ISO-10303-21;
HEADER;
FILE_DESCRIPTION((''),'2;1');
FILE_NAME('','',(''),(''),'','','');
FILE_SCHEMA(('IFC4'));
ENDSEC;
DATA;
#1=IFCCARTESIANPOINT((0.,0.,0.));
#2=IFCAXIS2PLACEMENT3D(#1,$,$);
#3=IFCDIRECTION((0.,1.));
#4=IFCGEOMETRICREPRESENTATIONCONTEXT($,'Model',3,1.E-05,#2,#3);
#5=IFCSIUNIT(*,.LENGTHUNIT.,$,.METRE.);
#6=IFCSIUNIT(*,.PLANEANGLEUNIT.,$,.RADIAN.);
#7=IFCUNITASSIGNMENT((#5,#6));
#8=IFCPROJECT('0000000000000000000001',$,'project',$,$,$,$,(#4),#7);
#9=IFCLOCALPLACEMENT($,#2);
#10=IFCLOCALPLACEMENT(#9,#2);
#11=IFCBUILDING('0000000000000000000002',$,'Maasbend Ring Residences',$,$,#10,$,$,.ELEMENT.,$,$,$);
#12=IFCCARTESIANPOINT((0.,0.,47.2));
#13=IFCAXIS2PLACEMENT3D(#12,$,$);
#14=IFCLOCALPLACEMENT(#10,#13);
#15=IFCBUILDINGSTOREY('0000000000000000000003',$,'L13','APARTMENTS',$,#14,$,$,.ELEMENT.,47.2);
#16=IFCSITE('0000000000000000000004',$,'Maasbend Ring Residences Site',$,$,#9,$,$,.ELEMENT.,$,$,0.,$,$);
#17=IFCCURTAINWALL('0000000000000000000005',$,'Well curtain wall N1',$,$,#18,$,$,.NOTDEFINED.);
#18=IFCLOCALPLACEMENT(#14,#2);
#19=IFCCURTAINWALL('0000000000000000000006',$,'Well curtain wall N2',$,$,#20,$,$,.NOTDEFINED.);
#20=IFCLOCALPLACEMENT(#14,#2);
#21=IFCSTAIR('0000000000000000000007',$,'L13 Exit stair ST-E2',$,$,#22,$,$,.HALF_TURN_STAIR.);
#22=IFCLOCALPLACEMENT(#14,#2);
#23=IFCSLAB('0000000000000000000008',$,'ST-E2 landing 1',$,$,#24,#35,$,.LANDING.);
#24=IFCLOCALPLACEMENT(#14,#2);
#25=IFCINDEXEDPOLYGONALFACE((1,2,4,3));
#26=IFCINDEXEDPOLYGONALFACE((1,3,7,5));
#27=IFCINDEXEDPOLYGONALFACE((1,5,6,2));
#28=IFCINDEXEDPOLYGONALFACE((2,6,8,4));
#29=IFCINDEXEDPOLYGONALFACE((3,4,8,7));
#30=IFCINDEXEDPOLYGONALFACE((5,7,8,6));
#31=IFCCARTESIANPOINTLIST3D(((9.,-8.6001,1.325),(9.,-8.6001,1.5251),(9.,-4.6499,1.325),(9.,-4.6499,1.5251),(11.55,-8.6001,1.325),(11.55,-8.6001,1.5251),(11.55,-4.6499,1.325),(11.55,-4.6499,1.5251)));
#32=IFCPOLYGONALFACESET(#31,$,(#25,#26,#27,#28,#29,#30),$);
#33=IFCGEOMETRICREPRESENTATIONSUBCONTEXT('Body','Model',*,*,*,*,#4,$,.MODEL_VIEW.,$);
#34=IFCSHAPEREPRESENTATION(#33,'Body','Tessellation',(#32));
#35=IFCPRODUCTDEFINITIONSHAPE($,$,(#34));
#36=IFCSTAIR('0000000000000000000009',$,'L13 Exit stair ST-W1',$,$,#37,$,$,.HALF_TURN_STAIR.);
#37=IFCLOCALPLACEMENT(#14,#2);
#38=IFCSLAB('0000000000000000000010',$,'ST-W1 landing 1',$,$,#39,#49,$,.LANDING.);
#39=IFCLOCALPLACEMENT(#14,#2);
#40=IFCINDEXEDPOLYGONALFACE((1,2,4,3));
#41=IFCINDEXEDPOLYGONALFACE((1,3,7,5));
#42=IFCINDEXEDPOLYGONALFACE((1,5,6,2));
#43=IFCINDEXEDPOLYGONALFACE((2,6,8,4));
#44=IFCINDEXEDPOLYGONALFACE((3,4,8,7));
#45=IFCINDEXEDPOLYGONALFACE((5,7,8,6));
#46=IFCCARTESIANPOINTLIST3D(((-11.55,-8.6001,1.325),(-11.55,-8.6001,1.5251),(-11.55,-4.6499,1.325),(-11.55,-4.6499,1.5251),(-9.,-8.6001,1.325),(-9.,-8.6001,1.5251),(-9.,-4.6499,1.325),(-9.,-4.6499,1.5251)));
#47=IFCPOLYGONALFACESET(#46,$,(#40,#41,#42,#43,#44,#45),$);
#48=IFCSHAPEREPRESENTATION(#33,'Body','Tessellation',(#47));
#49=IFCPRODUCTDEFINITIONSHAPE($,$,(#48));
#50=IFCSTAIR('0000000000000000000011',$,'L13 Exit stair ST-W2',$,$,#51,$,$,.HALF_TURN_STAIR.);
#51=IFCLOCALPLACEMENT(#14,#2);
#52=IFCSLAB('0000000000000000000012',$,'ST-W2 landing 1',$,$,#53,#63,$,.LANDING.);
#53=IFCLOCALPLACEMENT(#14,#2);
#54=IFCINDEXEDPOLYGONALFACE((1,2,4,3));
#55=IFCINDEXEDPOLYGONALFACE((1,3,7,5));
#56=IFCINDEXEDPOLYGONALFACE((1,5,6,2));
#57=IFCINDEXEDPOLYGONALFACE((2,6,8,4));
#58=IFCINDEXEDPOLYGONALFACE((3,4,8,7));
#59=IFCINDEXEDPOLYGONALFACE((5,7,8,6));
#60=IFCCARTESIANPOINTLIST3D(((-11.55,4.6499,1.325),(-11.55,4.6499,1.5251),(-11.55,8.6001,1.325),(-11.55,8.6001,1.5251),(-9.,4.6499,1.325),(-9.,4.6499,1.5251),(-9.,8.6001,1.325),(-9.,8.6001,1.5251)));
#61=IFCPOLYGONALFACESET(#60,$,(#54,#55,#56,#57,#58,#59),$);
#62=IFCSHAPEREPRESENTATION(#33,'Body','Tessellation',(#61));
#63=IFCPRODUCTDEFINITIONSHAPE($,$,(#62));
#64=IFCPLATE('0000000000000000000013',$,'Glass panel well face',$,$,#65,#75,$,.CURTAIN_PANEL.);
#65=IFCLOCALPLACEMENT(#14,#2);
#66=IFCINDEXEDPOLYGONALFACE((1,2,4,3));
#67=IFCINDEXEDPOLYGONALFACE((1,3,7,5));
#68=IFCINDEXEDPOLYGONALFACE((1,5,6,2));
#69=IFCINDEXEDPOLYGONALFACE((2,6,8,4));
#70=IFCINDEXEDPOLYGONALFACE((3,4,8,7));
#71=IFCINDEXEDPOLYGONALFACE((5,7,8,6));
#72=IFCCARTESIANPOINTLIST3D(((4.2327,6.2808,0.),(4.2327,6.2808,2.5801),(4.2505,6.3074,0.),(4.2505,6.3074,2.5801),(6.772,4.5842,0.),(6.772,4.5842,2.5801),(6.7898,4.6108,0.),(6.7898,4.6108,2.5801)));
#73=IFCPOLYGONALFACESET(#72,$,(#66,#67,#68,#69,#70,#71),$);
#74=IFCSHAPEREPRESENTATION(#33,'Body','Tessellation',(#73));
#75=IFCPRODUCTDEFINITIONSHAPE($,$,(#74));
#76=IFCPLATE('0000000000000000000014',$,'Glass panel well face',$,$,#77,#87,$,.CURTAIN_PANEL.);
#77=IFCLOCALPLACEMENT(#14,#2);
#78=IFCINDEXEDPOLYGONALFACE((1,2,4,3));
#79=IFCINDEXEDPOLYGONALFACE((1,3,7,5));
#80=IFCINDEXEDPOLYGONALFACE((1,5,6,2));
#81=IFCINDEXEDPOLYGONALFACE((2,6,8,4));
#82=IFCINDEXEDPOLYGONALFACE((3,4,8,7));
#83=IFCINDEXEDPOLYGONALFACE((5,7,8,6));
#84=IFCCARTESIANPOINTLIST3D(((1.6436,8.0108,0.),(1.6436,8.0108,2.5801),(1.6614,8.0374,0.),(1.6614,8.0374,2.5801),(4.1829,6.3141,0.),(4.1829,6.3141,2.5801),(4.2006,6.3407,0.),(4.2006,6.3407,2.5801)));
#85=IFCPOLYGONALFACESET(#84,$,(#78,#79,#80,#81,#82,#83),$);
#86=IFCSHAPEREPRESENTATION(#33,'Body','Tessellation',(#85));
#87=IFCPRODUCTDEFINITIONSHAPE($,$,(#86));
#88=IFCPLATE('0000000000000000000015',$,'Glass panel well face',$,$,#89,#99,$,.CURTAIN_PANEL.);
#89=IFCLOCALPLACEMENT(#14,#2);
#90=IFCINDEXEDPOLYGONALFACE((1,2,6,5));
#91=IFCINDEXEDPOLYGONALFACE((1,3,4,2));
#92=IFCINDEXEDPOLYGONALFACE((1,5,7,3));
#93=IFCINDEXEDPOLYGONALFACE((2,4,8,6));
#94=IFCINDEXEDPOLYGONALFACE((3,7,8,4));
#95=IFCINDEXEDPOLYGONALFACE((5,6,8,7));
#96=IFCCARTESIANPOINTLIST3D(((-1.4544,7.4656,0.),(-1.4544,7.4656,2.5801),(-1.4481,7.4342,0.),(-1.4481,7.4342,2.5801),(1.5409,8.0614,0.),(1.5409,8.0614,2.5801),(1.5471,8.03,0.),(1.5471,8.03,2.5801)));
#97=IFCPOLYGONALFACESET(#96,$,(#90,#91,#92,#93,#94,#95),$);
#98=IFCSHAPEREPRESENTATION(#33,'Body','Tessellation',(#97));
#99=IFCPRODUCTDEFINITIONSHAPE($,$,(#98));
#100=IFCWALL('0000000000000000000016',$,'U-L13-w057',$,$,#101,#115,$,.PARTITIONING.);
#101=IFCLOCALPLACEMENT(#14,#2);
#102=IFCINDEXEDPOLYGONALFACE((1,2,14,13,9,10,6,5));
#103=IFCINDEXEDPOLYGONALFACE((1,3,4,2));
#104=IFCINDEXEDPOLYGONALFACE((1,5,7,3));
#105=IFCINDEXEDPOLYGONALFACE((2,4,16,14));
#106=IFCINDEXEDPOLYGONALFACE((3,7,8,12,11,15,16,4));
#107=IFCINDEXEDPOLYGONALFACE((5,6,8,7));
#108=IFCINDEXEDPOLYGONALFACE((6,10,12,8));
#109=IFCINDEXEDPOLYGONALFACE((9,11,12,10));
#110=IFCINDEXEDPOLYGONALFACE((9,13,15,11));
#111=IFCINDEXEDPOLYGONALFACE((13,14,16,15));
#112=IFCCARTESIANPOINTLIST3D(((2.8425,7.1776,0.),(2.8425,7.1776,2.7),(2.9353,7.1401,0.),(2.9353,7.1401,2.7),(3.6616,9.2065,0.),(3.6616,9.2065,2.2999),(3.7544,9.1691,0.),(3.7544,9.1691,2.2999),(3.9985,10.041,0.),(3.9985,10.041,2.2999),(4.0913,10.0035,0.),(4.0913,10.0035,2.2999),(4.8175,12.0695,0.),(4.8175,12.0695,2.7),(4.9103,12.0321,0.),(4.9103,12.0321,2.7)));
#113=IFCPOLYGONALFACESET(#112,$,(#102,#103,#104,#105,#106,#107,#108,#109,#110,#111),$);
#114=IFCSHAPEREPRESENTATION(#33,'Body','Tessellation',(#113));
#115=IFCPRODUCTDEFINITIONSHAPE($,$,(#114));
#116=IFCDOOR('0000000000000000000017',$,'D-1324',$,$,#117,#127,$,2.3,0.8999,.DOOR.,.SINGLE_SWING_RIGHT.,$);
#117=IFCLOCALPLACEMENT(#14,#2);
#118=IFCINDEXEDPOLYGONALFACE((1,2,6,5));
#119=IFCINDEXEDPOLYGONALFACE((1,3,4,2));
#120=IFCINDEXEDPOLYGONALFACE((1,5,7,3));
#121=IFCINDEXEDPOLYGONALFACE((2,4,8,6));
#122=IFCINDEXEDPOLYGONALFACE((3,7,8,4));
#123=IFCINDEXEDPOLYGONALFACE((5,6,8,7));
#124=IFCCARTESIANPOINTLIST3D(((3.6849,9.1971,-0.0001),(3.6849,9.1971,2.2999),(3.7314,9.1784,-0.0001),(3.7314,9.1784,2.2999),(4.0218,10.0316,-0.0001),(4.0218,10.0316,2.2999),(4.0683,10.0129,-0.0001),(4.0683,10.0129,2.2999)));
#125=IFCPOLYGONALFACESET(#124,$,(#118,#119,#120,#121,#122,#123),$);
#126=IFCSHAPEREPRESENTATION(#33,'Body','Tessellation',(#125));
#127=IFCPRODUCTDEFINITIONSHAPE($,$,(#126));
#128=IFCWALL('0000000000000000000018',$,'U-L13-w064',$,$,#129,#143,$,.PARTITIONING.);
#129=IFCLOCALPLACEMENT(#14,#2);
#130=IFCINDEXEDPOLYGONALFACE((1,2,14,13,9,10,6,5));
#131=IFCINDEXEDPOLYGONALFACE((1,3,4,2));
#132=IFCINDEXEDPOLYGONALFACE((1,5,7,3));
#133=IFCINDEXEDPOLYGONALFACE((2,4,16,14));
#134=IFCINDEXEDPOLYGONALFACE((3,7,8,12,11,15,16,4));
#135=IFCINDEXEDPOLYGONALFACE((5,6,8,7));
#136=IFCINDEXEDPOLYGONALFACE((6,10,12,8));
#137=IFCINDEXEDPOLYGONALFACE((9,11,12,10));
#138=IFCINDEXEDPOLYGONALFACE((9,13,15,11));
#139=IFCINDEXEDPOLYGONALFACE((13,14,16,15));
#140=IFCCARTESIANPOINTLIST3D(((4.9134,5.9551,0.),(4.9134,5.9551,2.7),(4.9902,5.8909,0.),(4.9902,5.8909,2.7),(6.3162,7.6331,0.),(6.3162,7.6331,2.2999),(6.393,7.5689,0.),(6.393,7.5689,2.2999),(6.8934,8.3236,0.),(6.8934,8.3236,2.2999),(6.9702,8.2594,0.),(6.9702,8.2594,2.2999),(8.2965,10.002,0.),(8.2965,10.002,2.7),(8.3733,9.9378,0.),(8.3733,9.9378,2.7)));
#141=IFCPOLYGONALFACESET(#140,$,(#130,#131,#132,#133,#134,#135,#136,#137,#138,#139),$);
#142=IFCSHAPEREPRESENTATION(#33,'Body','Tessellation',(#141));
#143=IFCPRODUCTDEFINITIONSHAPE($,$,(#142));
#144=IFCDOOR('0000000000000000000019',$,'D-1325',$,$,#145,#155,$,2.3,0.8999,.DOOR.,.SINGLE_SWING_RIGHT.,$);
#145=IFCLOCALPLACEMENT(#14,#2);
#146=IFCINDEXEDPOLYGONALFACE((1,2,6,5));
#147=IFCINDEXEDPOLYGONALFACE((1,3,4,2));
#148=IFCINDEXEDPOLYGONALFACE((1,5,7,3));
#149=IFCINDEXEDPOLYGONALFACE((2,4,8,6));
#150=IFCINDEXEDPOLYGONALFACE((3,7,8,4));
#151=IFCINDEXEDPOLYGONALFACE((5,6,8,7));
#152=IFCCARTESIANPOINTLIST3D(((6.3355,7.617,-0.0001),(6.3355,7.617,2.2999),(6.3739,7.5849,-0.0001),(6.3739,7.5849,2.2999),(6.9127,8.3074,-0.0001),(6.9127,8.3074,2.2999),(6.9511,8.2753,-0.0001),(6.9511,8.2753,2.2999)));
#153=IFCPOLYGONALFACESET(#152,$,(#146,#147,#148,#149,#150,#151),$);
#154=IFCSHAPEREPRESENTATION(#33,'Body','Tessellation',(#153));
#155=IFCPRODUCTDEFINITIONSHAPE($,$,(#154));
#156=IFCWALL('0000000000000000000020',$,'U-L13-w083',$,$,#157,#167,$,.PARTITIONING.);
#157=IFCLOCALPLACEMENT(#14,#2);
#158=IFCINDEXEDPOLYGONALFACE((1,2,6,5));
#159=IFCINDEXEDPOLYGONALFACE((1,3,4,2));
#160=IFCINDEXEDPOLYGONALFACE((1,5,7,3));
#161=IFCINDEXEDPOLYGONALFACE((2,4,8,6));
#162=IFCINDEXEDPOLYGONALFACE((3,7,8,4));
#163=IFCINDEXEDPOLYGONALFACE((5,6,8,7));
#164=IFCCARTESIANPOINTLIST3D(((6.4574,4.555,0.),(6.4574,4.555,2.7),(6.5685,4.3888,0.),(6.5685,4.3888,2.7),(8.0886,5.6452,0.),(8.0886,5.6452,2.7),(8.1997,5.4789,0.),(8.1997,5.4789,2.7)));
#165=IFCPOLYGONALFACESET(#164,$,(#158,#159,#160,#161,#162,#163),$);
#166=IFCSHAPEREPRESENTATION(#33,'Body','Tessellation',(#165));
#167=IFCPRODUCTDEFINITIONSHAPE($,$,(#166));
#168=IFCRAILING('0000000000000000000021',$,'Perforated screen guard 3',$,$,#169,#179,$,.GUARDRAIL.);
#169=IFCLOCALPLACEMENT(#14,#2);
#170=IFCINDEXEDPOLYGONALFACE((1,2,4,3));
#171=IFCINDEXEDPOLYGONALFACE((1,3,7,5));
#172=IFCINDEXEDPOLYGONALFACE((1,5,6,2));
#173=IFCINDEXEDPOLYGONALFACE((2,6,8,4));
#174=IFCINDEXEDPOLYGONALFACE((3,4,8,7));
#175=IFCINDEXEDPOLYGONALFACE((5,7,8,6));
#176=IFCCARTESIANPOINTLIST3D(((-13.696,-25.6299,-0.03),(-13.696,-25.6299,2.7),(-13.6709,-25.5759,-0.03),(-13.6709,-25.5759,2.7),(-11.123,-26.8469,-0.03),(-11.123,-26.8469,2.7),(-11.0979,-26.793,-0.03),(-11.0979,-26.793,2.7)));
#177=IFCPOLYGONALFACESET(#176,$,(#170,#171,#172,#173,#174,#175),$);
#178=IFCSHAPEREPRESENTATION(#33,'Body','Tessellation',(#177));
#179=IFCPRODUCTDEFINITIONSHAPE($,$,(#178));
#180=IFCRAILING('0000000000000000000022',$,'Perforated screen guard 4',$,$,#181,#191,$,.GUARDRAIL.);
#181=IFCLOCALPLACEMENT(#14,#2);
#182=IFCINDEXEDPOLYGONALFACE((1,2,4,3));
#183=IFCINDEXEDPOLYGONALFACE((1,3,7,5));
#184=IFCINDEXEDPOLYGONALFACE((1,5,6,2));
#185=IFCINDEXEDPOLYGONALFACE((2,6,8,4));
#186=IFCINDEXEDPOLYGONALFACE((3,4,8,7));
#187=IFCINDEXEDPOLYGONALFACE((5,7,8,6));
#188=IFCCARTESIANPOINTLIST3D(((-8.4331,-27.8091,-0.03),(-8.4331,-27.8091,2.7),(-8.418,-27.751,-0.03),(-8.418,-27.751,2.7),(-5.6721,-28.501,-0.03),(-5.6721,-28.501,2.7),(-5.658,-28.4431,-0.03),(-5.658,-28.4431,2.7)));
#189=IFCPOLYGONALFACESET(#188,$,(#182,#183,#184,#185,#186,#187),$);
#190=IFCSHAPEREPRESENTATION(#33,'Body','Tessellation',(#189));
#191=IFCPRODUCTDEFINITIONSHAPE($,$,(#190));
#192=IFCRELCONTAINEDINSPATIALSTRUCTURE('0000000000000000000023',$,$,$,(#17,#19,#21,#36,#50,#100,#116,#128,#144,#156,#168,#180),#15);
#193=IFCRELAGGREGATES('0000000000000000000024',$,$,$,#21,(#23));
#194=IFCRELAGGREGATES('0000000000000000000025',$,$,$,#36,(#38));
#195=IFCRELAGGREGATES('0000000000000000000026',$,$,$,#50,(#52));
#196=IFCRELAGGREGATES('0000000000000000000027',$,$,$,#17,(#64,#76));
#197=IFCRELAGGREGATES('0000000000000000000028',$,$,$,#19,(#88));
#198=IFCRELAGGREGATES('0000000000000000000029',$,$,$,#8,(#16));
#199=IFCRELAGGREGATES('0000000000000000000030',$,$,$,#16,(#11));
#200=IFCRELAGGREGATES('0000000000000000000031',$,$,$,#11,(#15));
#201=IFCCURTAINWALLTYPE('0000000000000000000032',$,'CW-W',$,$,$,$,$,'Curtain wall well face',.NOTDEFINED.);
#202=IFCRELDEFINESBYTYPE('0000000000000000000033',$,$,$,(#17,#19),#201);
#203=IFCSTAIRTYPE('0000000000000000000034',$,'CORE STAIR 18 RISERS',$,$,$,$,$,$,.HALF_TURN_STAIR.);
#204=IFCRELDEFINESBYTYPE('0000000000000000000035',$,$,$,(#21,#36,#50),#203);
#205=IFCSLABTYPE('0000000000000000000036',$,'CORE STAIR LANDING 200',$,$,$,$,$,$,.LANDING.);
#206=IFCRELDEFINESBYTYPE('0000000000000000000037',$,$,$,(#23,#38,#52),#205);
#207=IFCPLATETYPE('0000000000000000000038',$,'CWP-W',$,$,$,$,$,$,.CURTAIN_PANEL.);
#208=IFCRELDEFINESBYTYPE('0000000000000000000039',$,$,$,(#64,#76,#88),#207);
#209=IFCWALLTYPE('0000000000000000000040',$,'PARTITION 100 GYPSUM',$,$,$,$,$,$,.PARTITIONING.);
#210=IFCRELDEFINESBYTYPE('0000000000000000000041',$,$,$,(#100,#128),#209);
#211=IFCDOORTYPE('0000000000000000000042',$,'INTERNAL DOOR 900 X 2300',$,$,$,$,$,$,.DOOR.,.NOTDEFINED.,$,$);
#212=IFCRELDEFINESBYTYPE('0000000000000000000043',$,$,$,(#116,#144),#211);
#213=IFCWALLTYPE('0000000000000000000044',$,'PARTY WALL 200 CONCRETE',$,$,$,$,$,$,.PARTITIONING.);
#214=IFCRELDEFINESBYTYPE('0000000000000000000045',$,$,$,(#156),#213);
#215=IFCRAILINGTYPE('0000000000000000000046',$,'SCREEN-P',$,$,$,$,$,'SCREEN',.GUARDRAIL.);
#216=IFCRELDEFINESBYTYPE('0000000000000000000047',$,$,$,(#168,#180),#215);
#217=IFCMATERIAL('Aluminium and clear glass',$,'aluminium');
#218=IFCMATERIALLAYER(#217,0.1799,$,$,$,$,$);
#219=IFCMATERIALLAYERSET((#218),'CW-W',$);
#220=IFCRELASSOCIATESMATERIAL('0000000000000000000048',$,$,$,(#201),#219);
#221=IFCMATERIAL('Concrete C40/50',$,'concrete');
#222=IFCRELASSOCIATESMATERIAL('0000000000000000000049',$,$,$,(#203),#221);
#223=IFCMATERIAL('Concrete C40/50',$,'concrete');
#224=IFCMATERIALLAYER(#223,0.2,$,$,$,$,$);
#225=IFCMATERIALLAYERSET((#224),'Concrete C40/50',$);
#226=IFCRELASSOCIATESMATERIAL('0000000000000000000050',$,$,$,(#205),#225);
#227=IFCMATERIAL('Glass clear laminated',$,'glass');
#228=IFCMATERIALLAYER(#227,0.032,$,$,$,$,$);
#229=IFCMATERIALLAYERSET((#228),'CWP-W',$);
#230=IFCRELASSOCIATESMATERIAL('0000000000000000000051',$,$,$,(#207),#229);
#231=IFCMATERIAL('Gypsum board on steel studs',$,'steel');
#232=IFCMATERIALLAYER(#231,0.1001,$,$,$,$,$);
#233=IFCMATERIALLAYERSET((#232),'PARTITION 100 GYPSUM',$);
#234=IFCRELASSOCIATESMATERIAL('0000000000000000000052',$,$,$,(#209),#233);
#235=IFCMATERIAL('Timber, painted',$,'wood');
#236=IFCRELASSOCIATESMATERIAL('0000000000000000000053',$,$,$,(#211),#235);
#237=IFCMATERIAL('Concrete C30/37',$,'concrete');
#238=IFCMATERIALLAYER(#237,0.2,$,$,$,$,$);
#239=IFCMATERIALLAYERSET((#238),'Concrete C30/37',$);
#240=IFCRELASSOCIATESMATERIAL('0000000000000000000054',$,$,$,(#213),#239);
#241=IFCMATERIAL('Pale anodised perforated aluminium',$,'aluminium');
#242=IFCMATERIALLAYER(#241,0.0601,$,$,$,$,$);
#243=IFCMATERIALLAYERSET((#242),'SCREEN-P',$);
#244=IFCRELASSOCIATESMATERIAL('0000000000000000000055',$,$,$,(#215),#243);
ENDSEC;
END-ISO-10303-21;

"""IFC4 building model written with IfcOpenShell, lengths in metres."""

from ifc_helpers import new_model, si_unit, direction, frame, frame_2d, origin, origin_2d, place, context, subcontext, project, spatial, polyline, rectangle, outline, extrude, material, layer, layer_set, type_object, element, fill, aggregate, save


model = new_model("IFC4")

# Units and contexts
model_context = context("Model", 3, precision=1e-05, world=origin(), true_north=direction((0.0, 1.0)))
body_context = subcontext(model_context, "Body", "Model", "MODEL_VIEW")
ifc_project = project(units=[si_unit("LENGTHUNIT", "METRE"), si_unit("PLANEANGLEUNIT", "RADIAN")], contexts=[model_context])

# Site, building, storey
site_placement = place(None, origin())
site = spatial("IfcSite", under=ifc_project, at=site_placement, Name="Maasbend Ring Residences Site", CompositionType="ELEMENT", RefElevation=0.0)
building_placement = place(site_placement, origin())
building = spatial("IfcBuilding", under=site, at=building_placement, Name="Maasbend Ring Residences", CompositionType="ELEMENT")
storey_placement = place(building_placement, frame((0.0, 0.0, 47.2)))
storey = spatial("IfcBuildingStorey", under=building, at=storey_placement, Name="L13", Description="APARTMENTS", CompositionType="ELEMENT", Elevation=47.2)

# Curtain wall
ifc_material_1 = material(Name="Aluminium and clear glass", Category="aluminium")
ifc_layer_1 = layer(ifc_material_1, 0.1799)
ifc_layer_set_1 = layer_set([ifc_layer_1], Name="CW-W")
curtain_wall_type = type_object("IfcCurtainWallType", Name="CW-W", ElementType="Curtain wall well face", PredefinedType="NOTDEFINED", material=ifc_layer_set_1)
curtain_wall_1_placement = place(storey_placement, origin())
curtain_wall_1 = element("IfcCurtainWall", 1, at=curtain_wall_1_placement, inside=storey, type_object=curtain_wall_type, Name="Well curtain wall N1", PredefinedType="NOTDEFINED")

# Curtain wall
curtain_wall_2_placement = place(storey_placement, origin())
curtain_wall_2 = element("IfcCurtainWall", 2, at=curtain_wall_2_placement, inside=storey, type_object=curtain_wall_type, Name="Well curtain wall N2", PredefinedType="NOTDEFINED")

# Stairs, slabs
ifc_material_2 = material(Name="Concrete C40/50", Category="concrete")
stair_type = type_object("IfcStairType", Name="CORE STAIR 18 RISERS", PredefinedType="HALF_TURN_STAIR", material=ifc_material_2)
ifc_material_3 = material(Name="Concrete C40/50", Category="concrete")
ifc_layer_2 = layer(ifc_material_3, 0.2)
ifc_layer_set_2 = layer_set([ifc_layer_2], Name="Concrete C40/50")
slab_type = type_object("IfcSlabType", Name="CORE STAIR LANDING 200", PredefinedType="LANDING", material=ifc_layer_set_2)
stair_1_placement = place(storey_placement, origin())
stair_1 = element("IfcStair", 3, at=stair_1_placement, inside=storey, type_object=stair_type, Name="L13 Exit stair ST-E2", PredefinedType="HALF_TURN_STAIR")
slab_1_placement = place(storey_placement, frame((0.0, 0.0, 1.325)))
slab_1 = element("IfcSlab", 4, at=slab_1_placement, type_object=slab_type, Name="ST-E2 landing 1", PredefinedType="LANDING", context=body_context, shape_type="SweptSolid", body=[
    extrude(outline(polyline([(11.55, -4.6499), (9.0, -4.6499), (9.0, -8.6001), (11.55, -8.6001), (11.55, -4.6499)])), origin(), (0.0, 0.0, 1.0), 0.2002),
])
aggregate(stair_1, [slab_1])
stair_2_placement = place(storey_placement, origin())
stair_2 = element("IfcStair", 5, at=stair_2_placement, inside=storey, type_object=stair_type, Name="L13 Exit stair ST-W1", PredefinedType="HALF_TURN_STAIR")
slab_2_placement = place(storey_placement, frame((0.0, 0.0, 1.325)))
slab_2 = element("IfcSlab", 6, at=slab_2_placement, type_object=slab_type, Name="ST-W1 landing 1", PredefinedType="LANDING", context=body_context, shape_type="SweptSolid", body=[
    extrude(outline(polyline([(-11.55, -8.6001), (-9.0, -8.6001), (-9.0, -4.6499), (-11.55, -4.6499), (-11.55, -8.6001)])), origin(), (0.0, 0.0, 1.0), 0.2002),
])
aggregate(stair_2, [slab_2])
stair_3_placement = place(storey_placement, origin())
stair_3 = element("IfcStair", 7, at=stair_3_placement, inside=storey, type_object=stair_type, Name="L13 Exit stair ST-W2", PredefinedType="HALF_TURN_STAIR")
slab_3_placement = place(storey_placement, frame((0.0, 0.0, 1.325)))
slab_3 = element("IfcSlab", 8, at=slab_3_placement, type_object=slab_type, Name="ST-W2 landing 1", PredefinedType="LANDING", context=body_context, shape_type="SweptSolid", body=[
    extrude(outline(polyline([(-11.55, 4.6499), (-9.0, 4.6499), (-9.0, 8.6001), (-11.55, 8.6001), (-11.55, 4.6499)])), origin(), (0.0, 0.0, 1.0), 0.2002),
])
aggregate(stair_3, [slab_3])

# Plates
ifc_material_4 = material(Name="Glass clear laminated", Category="glass")
ifc_layer_3 = layer(ifc_material_4, 0.032)
ifc_layer_set_3 = layer_set([ifc_layer_3], Name="CWP-W")
plate_type = type_object("IfcPlateType", Name="CWP-W", PredefinedType="CURTAIN_PANEL", material=ifc_layer_set_3)
plate_1_placement = place(storey_placement, frame((5.5112, 5.4458, 0.0), z_axis=(0.0, 0.0, 1.0), x_axis=(-0.83147, 0.55557, 0.0)))
plate_1 = element("IfcPlate", 9, at=plate_1_placement, type_object=plate_type, Name="Glass panel well face", PredefinedType="CURTAIN_PANEL", context=body_context, shape_type="SweptSolid", body=[
    extrude(rectangle(XDim=3.054, YDim=0.032, at=origin_2d()), origin(), (0.0, 0.0, 1.0), 2.5801),
])
plate_2_placement = place(storey_placement, frame((2.9221, 7.1758, 0.0), z_axis=(0.0, 0.0, 1.0), x_axis=(-0.83147, 0.55557, 0.0)))
plate_2 = element("IfcPlate", 10, at=plate_2_placement, type_object=plate_type, Name="Glass panel well face", PredefinedType="CURTAIN_PANEL", context=body_context, shape_type="SweptSolid", body=[
    extrude(rectangle(XDim=3.054, YDim=0.032, at=origin_2d()), origin(), (0.0, 0.0, 1.0), 2.5801),
])
aggregate(curtain_wall_1, [plate_1, plate_2])
plate_3_placement = place(storey_placement, frame((0.0464, 7.7478, 0.0), z_axis=(0.0, 0.0, 1.0), x_axis=(-0.980785, -0.19509, 0.0)))
plate_3 = element("IfcPlate", 11, at=plate_3_placement, type_object=plate_type, Name="Glass panel well face", PredefinedType="CURTAIN_PANEL", context=body_context, shape_type="SweptSolid", body=[
    extrude(rectangle(XDim=3.054, YDim=0.032, at=origin_2d()), origin(), (0.0, 0.0, 1.0), 2.5801),
])
aggregate(curtain_wall_2, [plate_3])

# Walls, openings, doors
ifc_material_5 = material(Name="Gypsum board on steel studs", Category="steel")
ifc_layer_4 = layer(ifc_material_5, 0.1001)
ifc_layer_set_4 = layer_set([ifc_layer_4], Name="PARTITION 100 GYPSUM")
wall_type_1 = type_object("IfcWallType", Name="PARTITION 100 GYPSUM", PredefinedType="PARTITIONING", material=ifc_layer_set_4)
wall_1_placement = place(storey_placement, frame((2.8889, 7.1589, 0.0), z_axis=(0.0, 0.0, 1.0), x_axis=(0.374373, 0.927278, 0.0)))
wall_1 = element("IfcWall", 12, at=wall_1_placement, inside=storey, type_object=wall_type_1, Name="U-L13-w057", PredefinedType="PARTITIONING", context=body_context, shape_type="SweptSolid", body=[
    extrude(rectangle(XDim=5.2756, YDim=0.1001, at=frame_2d((2.6377, 0.0))), origin(), (0.0, 0.0, 1.0), 2.7),
])
opening_1_placement = place(wall_1_placement, frame((2.188, 0.0, 0.0)))
opening_1 = element("IfcOpeningElement", 13, at=opening_1_placement, cuts=wall_1, PredefinedType="OPENING", context=body_context, shape_type="SweptSolid", body=[
    extrude(rectangle(XDim=0.8999, YDim=2.3, at=frame_2d((0.45, 1.1499))), frame((0.0, 0.0601, 0.0), z_axis=(0.0, -1.0, 0.0), x_axis=(1.0, 0.0, 0.0)), (0.0, 0.0, 1.0), 0.1201),
])
ifc_material_6 = material(Name="Timber, painted", Category="wood")
door_type = type_object("IfcDoorType", Name="INTERNAL DOOR 900 X 2300", OperationType="NOTDEFINED", PredefinedType="DOOR", material=ifc_material_6)
door_1_placement = place(opening_1_placement, origin())
door_1 = element("IfcDoor", 14, at=door_1_placement, inside=storey, type_object=door_type, Name="D-1324", OperationType="SINGLE_SWING_RIGHT", OverallHeight=2.3, OverallWidth=0.8999, PredefinedType="DOOR", context=body_context, shape_type="SweptSolid", body=[
    extrude(rectangle(XDim=0.8999, YDim=2.3, at=frame_2d((0.45, 1.1499))), frame((0.0, 0.0249, 0.0), z_axis=(0.0, -1.0, 0.0), x_axis=(1.0, 0.0, 0.0)), (0.0, 0.0, 1.0), 0.05),
])
fill(opening_1, door_1)
wall_2_placement = place(storey_placement, frame((4.9519, 5.9231, 0.0), z_axis=(0.0, 0.0, 1.0), x_axis=(0.641376, 0.767226, 0.0)))
wall_2 = element("IfcWall", 15, at=wall_2_placement, inside=storey, type_object=wall_type_1, Name="U-L13-w064", PredefinedType="PARTITIONING", context=body_context, shape_type="SweptSolid", body=[
    extrude(rectangle(XDim=5.2747, YDim=0.1001, at=frame_2d((2.6372, 0.0))), origin(), (0.0, 0.0, 1.0), 2.7),
])
opening_2_placement = place(wall_2_placement, frame((2.187, 0.0, 0.0)))
opening_2 = element("IfcOpeningElement", 16, at=opening_2_placement, cuts=wall_2, PredefinedType="OPENING", context=body_context, shape_type="SweptSolid", body=[
    extrude(rectangle(XDim=0.8999, YDim=2.3, at=frame_2d((0.45, 1.1499))), frame((0.0, 0.0601, 0.0), z_axis=(0.0, -1.0, 0.0), x_axis=(1.0, 0.0, 0.0)), (0.0, 0.0, 1.0), 0.1201),
])
door_2_placement = place(opening_2_placement, origin())
door_2 = element("IfcDoor", 17, at=door_2_placement, inside=storey, type_object=door_type, Name="D-1325", OperationType="SINGLE_SWING_RIGHT", OverallHeight=2.3, OverallWidth=0.8999, PredefinedType="DOOR", context=body_context, shape_type="SweptSolid", body=[
    extrude(rectangle(XDim=0.8999, YDim=2.3, at=frame_2d((0.45, 1.1499))), frame((0.0, 0.0249, 0.0), z_axis=(0.0, -1.0, 0.0), x_axis=(1.0, 0.0, 0.0)), (0.0, 0.0, 1.0), 0.05),
])
fill(opening_2, door_2)

# Wall
ifc_material_7 = material(Name="Concrete C30/37", Category="concrete")
ifc_layer_5 = layer(ifc_material_7, 0.2)
ifc_layer_set_5 = layer_set([ifc_layer_5], Name="Concrete C30/37")
wall_type_2 = type_object("IfcWallType", Name="PARTY WALL 200 CONCRETE", PredefinedType="PARTITIONING", material=ifc_layer_set_5)
wall_3_placement = place(storey_placement, frame((6.5129, 4.4719, 0.0), z_axis=(0.0, 0.0, 1.0), x_axis=(0.831418, 0.555648, 0.0)))
element("IfcWall", 18, at=wall_3_placement, inside=storey, type_object=wall_type_2, Name="U-L13-w083", PredefinedType="PARTITIONING", context=body_context, shape_type="SweptSolid", body=[
    extrude(rectangle(XDim=1.9619, YDim=0.2, at=frame_2d((0.981, 0.0))), origin(), (0.0, 0.0, 1.0), 2.7),
])

# Railings
ifc_material_8 = material(Name="Pale anodised perforated aluminium", Category="aluminium")
ifc_layer_6 = layer(ifc_material_8, 0.0601)
ifc_layer_set_6 = layer_set([ifc_layer_6], Name="SCREEN-P")
railing_type = type_object("IfcRailingType", Name="SCREEN-P", ElementType="SCREEN", PredefinedType="GUARDRAIL", material=ifc_layer_set_6)
railing_1_placement = place(storey_placement, frame((0.0, 0.0, -0.03)))
element("IfcRailing", 19, at=railing_1_placement, inside=storey, type_object=railing_type, Name="Perforated screen guard 3", PredefinedType="GUARDRAIL", context=body_context, shape_type="SweptSolid", body=[
    extrude(outline(polyline([(-13.6709, -25.5759), (-11.0979, -26.793), (-11.123, -26.8469), (-13.696, -25.6299), (-13.6709, -25.5759)])), origin(), (0.0, 0.0, 1.0), 2.73),
])
railing_2_placement = place(storey_placement, frame((0.0, 0.0, -0.03)))
element("IfcRailing", 20, at=railing_2_placement, inside=storey, type_object=railing_type, Name="Perforated screen guard 4", PredefinedType="GUARDRAIL", context=body_context, shape_type="SweptSolid", body=[
    extrude(outline(polyline([(-8.418, -27.751), (-5.658, -28.4431), (-5.6721, -28.501), (-8.4331, -27.8091), (-8.418, -27.751)])), origin(), (0.0, 0.0, 1.0), 2.73),
])

save(model, "model.ifc")
